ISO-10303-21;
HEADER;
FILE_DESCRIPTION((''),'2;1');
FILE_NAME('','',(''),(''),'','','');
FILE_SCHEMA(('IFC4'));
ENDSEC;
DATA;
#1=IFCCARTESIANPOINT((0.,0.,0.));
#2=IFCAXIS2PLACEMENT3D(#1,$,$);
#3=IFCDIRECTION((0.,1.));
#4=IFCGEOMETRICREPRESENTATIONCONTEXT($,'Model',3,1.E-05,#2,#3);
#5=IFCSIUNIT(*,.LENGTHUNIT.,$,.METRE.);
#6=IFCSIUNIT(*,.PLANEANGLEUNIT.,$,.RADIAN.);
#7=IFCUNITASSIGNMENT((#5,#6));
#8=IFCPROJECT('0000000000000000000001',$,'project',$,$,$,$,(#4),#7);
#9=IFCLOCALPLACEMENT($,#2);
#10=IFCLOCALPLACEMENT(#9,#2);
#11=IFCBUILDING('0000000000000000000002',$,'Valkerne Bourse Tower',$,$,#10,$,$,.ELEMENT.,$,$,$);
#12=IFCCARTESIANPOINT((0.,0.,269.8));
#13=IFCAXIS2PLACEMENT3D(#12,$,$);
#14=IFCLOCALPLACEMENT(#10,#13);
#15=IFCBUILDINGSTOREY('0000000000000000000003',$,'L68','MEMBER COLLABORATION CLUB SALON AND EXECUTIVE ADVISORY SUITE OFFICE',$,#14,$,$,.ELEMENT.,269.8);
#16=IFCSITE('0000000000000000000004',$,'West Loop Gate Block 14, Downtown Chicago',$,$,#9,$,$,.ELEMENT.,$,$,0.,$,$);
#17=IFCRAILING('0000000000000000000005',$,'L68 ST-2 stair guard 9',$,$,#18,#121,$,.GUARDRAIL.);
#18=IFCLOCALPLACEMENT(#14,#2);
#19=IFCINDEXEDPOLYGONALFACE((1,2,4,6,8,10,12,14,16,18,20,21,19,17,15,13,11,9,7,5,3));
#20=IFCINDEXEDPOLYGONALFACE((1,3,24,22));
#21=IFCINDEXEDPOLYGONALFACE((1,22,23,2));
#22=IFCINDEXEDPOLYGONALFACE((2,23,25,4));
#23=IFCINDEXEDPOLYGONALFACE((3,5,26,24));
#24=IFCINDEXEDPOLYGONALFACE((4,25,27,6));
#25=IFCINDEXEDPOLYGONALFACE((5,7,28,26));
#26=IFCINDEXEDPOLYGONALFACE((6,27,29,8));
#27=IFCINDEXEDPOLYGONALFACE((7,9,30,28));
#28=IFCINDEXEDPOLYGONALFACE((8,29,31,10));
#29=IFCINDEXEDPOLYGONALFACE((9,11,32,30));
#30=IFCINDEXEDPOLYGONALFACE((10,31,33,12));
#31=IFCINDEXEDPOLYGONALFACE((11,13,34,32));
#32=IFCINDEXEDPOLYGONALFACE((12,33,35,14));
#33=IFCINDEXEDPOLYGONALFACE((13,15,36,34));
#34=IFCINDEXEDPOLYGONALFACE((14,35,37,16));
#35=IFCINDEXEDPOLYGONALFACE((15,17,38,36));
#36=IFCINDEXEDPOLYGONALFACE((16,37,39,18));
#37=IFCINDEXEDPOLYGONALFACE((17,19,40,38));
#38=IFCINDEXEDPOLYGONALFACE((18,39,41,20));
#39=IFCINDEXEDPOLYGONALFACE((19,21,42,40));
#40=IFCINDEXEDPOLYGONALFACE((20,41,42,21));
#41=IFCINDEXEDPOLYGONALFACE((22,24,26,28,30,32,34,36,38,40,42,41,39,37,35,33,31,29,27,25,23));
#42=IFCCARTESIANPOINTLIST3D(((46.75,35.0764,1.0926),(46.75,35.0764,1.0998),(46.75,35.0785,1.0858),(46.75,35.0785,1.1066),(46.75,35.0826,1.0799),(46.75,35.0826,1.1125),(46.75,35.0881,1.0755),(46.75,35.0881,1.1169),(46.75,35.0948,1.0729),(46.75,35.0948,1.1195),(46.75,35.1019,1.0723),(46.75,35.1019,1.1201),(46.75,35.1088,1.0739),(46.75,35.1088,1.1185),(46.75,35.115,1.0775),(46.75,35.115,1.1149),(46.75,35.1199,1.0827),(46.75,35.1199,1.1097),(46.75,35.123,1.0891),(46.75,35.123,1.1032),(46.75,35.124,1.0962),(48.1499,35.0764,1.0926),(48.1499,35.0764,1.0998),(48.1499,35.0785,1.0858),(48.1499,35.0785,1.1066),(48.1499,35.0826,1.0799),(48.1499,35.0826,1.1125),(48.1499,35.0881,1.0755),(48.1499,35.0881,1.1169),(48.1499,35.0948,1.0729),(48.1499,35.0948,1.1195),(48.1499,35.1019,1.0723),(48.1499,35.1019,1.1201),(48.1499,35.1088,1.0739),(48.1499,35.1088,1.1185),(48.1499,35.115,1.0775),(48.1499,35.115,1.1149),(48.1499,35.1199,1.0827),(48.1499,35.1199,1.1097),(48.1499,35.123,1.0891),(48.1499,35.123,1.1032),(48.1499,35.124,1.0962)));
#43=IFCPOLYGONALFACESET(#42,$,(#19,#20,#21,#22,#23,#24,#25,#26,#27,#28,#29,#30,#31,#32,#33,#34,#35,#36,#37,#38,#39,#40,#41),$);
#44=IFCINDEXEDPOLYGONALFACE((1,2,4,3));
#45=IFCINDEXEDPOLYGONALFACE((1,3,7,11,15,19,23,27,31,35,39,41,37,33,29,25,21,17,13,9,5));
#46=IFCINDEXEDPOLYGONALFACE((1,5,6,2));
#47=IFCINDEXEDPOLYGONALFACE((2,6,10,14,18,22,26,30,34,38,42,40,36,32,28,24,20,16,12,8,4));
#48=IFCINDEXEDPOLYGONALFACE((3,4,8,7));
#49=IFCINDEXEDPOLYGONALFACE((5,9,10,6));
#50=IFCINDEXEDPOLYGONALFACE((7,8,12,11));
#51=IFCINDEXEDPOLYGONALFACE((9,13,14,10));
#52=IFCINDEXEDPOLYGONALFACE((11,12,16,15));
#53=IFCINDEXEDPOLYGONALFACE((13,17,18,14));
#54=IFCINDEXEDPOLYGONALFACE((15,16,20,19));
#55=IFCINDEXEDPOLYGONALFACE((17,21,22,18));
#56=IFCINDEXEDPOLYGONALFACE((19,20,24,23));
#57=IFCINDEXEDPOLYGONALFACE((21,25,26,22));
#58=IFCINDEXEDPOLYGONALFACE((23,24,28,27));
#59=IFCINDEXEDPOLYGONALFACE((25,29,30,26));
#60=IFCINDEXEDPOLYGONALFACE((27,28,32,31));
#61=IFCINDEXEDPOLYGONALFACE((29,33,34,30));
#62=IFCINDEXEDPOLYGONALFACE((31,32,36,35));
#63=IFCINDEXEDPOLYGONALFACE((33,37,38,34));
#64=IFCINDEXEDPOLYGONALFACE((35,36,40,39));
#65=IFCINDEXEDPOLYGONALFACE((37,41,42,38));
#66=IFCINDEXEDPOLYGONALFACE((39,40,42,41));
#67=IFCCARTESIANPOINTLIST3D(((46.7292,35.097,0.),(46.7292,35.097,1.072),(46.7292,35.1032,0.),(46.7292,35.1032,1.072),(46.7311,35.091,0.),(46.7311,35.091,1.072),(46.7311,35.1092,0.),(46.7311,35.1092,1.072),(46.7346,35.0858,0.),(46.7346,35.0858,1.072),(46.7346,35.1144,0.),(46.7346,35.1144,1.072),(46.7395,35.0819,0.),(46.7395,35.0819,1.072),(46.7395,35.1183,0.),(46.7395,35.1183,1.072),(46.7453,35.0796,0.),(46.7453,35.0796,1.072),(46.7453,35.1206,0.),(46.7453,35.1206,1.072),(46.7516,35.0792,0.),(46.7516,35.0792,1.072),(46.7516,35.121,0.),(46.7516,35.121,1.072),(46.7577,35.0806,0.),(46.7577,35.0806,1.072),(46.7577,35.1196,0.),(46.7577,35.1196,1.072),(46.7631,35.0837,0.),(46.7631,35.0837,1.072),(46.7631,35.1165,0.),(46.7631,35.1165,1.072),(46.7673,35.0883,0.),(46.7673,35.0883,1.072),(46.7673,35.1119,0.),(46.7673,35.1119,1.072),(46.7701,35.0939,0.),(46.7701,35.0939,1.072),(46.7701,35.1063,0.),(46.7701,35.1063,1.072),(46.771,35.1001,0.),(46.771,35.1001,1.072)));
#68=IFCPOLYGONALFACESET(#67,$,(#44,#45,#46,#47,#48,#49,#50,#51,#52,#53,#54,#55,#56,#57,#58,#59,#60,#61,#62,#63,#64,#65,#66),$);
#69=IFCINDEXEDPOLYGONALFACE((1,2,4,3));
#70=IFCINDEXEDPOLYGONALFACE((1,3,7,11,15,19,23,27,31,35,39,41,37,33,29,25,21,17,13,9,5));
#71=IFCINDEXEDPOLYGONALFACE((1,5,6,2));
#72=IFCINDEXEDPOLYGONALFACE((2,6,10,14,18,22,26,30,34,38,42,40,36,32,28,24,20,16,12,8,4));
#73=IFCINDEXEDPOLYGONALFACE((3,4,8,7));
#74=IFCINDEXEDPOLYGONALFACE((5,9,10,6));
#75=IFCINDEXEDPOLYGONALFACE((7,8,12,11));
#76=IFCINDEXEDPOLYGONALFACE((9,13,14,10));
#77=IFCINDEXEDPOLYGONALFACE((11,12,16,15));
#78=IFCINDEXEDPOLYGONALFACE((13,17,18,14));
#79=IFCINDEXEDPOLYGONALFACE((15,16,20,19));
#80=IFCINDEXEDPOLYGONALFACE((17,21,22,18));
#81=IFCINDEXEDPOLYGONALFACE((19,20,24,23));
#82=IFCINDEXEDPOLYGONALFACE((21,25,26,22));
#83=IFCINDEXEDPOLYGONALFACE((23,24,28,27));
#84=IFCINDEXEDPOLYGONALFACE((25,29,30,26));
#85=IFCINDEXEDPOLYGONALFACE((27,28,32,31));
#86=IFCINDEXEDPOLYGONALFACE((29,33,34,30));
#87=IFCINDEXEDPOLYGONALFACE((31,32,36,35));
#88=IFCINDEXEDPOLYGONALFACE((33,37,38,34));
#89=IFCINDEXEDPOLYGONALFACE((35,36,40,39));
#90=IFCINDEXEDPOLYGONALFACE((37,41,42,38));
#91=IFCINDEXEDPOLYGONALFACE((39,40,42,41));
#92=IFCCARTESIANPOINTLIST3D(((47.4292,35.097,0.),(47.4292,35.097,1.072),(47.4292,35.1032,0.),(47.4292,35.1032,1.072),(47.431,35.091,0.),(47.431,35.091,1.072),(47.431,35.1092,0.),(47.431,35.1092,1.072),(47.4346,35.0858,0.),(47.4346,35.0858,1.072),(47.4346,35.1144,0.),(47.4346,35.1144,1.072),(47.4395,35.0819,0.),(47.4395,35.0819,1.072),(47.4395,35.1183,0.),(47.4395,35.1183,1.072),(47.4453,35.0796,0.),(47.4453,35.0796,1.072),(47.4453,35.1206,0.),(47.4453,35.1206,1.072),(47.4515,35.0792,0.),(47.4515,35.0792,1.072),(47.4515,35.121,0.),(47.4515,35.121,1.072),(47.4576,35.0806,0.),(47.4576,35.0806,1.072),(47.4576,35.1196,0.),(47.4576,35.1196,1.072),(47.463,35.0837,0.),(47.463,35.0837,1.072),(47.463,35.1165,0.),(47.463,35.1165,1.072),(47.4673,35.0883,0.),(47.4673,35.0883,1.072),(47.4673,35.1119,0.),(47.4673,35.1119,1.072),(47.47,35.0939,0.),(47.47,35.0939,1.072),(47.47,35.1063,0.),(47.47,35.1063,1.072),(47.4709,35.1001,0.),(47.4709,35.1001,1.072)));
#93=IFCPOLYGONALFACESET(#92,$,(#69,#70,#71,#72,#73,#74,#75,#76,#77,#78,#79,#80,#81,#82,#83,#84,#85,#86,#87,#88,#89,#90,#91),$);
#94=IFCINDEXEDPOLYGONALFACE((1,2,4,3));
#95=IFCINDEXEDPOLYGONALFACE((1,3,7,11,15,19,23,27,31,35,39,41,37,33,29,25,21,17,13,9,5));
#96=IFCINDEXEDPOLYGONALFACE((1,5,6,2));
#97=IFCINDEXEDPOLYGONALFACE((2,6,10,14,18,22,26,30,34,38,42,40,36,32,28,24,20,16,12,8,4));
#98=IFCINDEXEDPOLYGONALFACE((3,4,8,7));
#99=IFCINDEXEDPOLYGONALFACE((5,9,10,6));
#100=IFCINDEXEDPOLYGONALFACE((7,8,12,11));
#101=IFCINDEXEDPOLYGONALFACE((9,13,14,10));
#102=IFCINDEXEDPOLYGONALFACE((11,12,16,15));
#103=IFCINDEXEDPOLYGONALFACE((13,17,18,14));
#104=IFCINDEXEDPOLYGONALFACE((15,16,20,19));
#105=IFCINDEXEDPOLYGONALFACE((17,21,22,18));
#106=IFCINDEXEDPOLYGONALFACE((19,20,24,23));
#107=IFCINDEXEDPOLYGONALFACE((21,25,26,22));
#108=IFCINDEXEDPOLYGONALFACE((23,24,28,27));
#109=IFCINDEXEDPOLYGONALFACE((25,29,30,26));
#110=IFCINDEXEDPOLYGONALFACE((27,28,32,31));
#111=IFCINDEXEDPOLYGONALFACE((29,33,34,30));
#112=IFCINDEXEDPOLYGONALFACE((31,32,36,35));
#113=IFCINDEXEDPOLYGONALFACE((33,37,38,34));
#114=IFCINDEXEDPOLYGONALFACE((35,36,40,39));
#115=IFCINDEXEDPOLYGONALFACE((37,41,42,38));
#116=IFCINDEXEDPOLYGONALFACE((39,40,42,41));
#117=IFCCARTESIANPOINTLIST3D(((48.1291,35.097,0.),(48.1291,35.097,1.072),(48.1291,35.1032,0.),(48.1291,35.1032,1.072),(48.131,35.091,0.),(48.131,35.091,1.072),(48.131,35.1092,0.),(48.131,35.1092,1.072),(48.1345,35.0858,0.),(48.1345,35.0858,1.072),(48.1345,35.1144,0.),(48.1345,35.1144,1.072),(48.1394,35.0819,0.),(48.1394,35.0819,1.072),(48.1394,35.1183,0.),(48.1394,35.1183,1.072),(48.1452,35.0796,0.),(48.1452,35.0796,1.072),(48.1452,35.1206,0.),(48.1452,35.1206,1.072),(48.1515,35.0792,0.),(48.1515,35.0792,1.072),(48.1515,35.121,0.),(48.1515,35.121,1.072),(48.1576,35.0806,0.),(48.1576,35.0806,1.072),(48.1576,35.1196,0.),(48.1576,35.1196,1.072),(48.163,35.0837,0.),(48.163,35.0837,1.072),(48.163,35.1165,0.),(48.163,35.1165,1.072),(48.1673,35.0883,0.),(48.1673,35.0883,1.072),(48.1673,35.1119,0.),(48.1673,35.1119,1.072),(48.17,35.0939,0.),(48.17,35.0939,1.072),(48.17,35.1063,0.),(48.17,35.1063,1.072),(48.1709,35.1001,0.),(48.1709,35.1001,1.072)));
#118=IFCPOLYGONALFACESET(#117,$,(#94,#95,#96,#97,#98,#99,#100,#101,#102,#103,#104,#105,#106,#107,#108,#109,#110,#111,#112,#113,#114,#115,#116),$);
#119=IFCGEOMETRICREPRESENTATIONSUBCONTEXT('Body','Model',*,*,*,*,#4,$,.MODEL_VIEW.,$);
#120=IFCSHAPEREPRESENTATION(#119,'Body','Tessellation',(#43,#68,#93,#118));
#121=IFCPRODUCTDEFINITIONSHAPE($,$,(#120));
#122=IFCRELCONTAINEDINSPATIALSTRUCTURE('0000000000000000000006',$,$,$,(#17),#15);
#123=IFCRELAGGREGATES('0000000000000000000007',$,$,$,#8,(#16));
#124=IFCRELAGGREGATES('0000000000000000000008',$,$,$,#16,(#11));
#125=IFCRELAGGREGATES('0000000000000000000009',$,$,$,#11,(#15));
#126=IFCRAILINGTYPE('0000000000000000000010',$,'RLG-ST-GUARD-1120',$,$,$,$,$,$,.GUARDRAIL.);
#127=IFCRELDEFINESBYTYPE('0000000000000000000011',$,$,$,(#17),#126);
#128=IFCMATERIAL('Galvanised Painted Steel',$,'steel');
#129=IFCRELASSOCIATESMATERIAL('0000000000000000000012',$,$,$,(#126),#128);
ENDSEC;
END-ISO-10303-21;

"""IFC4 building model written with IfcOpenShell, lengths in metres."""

from ifc_helpers import new_model, si_unit, direction, frame, origin, origin_2d, place, context, subcontext, project, spatial, circle, extrude, material, type_object, element, save


model = new_model("IFC4")

# Units and contexts
model_context = context("Model", 3, precision=1e-05, world=origin(), true_north=direction((0.0, 1.0)))
body_context = subcontext(model_context, "Body", "Model", "MODEL_VIEW")
ifc_project = project(units=[si_unit("LENGTHUNIT", "METRE"), si_unit("PLANEANGLEUNIT", "RADIAN")], contexts=[model_context])

# Site, building, storey
site_placement = place(None, origin())
site = spatial("IfcSite", under=ifc_project, at=site_placement, Name="West Loop Gate Block 14, Downtown Chicago", CompositionType="ELEMENT", RefElevation=0.0)
building_placement = place(site_placement, origin())
building = spatial("IfcBuilding", under=site, at=building_placement, Name="Valkerne Bourse Tower", CompositionType="ELEMENT")
storey_placement = place(building_placement, frame((0.0, 0.0, 269.8)))
storey = spatial("IfcBuildingStorey", under=building, at=storey_placement, Name="L68", Description="MEMBER COLLABORATION CLUB SALON AND EXECUTIVE ADVISORY SUITE OFFICE", CompositionType="ELEMENT", Elevation=269.8)

# Shared definitions
ifc_material_1 = material(Name="Galvanised Painted Steel", Category="steel")

# Railing
railing_type_1 = type_object("IfcRailingType", Name="RLG-ST-GUARD-1120", PredefinedType="GUARDRAIL", material=ifc_material_1)
for number, where, name in (
    (1, (46.75, 35.1001, 0.0), "L68 ST-2 stair guard 9"),
):
    element("IfcRailing", number, at=place(storey_placement, frame(where)), inside=storey, type_object=railing_type_1, Name=name, PredefinedType="GUARDRAIL", context=body_context, shape_type="SweptSolid", body=[
        extrude(circle(Radius=0.0239, at=origin_2d()), frame((0.0, 0.0, 1.0962), z_axis=(1.0, 0.0, 0.0), x_axis=(0.0, 1.0, 0.0)), (0.0, 0.0, 1.0), 1.3999),
        extrude(circle(Radius=0.021, at=origin_2d()), origin(), (0.0, 0.0, 1.0), 1.072),
        extrude(circle(Radius=0.021, at=origin_2d()), frame((0.7, 0.0, 0.0)), (0.0, 0.0, 1.0), 1.072),
        extrude(circle(Radius=0.021, at=origin_2d()), frame((1.3999, 0.0, 0.0)), (0.0, 0.0, 1.0), 1.072),
    ])

save(model, "model.ifc")
